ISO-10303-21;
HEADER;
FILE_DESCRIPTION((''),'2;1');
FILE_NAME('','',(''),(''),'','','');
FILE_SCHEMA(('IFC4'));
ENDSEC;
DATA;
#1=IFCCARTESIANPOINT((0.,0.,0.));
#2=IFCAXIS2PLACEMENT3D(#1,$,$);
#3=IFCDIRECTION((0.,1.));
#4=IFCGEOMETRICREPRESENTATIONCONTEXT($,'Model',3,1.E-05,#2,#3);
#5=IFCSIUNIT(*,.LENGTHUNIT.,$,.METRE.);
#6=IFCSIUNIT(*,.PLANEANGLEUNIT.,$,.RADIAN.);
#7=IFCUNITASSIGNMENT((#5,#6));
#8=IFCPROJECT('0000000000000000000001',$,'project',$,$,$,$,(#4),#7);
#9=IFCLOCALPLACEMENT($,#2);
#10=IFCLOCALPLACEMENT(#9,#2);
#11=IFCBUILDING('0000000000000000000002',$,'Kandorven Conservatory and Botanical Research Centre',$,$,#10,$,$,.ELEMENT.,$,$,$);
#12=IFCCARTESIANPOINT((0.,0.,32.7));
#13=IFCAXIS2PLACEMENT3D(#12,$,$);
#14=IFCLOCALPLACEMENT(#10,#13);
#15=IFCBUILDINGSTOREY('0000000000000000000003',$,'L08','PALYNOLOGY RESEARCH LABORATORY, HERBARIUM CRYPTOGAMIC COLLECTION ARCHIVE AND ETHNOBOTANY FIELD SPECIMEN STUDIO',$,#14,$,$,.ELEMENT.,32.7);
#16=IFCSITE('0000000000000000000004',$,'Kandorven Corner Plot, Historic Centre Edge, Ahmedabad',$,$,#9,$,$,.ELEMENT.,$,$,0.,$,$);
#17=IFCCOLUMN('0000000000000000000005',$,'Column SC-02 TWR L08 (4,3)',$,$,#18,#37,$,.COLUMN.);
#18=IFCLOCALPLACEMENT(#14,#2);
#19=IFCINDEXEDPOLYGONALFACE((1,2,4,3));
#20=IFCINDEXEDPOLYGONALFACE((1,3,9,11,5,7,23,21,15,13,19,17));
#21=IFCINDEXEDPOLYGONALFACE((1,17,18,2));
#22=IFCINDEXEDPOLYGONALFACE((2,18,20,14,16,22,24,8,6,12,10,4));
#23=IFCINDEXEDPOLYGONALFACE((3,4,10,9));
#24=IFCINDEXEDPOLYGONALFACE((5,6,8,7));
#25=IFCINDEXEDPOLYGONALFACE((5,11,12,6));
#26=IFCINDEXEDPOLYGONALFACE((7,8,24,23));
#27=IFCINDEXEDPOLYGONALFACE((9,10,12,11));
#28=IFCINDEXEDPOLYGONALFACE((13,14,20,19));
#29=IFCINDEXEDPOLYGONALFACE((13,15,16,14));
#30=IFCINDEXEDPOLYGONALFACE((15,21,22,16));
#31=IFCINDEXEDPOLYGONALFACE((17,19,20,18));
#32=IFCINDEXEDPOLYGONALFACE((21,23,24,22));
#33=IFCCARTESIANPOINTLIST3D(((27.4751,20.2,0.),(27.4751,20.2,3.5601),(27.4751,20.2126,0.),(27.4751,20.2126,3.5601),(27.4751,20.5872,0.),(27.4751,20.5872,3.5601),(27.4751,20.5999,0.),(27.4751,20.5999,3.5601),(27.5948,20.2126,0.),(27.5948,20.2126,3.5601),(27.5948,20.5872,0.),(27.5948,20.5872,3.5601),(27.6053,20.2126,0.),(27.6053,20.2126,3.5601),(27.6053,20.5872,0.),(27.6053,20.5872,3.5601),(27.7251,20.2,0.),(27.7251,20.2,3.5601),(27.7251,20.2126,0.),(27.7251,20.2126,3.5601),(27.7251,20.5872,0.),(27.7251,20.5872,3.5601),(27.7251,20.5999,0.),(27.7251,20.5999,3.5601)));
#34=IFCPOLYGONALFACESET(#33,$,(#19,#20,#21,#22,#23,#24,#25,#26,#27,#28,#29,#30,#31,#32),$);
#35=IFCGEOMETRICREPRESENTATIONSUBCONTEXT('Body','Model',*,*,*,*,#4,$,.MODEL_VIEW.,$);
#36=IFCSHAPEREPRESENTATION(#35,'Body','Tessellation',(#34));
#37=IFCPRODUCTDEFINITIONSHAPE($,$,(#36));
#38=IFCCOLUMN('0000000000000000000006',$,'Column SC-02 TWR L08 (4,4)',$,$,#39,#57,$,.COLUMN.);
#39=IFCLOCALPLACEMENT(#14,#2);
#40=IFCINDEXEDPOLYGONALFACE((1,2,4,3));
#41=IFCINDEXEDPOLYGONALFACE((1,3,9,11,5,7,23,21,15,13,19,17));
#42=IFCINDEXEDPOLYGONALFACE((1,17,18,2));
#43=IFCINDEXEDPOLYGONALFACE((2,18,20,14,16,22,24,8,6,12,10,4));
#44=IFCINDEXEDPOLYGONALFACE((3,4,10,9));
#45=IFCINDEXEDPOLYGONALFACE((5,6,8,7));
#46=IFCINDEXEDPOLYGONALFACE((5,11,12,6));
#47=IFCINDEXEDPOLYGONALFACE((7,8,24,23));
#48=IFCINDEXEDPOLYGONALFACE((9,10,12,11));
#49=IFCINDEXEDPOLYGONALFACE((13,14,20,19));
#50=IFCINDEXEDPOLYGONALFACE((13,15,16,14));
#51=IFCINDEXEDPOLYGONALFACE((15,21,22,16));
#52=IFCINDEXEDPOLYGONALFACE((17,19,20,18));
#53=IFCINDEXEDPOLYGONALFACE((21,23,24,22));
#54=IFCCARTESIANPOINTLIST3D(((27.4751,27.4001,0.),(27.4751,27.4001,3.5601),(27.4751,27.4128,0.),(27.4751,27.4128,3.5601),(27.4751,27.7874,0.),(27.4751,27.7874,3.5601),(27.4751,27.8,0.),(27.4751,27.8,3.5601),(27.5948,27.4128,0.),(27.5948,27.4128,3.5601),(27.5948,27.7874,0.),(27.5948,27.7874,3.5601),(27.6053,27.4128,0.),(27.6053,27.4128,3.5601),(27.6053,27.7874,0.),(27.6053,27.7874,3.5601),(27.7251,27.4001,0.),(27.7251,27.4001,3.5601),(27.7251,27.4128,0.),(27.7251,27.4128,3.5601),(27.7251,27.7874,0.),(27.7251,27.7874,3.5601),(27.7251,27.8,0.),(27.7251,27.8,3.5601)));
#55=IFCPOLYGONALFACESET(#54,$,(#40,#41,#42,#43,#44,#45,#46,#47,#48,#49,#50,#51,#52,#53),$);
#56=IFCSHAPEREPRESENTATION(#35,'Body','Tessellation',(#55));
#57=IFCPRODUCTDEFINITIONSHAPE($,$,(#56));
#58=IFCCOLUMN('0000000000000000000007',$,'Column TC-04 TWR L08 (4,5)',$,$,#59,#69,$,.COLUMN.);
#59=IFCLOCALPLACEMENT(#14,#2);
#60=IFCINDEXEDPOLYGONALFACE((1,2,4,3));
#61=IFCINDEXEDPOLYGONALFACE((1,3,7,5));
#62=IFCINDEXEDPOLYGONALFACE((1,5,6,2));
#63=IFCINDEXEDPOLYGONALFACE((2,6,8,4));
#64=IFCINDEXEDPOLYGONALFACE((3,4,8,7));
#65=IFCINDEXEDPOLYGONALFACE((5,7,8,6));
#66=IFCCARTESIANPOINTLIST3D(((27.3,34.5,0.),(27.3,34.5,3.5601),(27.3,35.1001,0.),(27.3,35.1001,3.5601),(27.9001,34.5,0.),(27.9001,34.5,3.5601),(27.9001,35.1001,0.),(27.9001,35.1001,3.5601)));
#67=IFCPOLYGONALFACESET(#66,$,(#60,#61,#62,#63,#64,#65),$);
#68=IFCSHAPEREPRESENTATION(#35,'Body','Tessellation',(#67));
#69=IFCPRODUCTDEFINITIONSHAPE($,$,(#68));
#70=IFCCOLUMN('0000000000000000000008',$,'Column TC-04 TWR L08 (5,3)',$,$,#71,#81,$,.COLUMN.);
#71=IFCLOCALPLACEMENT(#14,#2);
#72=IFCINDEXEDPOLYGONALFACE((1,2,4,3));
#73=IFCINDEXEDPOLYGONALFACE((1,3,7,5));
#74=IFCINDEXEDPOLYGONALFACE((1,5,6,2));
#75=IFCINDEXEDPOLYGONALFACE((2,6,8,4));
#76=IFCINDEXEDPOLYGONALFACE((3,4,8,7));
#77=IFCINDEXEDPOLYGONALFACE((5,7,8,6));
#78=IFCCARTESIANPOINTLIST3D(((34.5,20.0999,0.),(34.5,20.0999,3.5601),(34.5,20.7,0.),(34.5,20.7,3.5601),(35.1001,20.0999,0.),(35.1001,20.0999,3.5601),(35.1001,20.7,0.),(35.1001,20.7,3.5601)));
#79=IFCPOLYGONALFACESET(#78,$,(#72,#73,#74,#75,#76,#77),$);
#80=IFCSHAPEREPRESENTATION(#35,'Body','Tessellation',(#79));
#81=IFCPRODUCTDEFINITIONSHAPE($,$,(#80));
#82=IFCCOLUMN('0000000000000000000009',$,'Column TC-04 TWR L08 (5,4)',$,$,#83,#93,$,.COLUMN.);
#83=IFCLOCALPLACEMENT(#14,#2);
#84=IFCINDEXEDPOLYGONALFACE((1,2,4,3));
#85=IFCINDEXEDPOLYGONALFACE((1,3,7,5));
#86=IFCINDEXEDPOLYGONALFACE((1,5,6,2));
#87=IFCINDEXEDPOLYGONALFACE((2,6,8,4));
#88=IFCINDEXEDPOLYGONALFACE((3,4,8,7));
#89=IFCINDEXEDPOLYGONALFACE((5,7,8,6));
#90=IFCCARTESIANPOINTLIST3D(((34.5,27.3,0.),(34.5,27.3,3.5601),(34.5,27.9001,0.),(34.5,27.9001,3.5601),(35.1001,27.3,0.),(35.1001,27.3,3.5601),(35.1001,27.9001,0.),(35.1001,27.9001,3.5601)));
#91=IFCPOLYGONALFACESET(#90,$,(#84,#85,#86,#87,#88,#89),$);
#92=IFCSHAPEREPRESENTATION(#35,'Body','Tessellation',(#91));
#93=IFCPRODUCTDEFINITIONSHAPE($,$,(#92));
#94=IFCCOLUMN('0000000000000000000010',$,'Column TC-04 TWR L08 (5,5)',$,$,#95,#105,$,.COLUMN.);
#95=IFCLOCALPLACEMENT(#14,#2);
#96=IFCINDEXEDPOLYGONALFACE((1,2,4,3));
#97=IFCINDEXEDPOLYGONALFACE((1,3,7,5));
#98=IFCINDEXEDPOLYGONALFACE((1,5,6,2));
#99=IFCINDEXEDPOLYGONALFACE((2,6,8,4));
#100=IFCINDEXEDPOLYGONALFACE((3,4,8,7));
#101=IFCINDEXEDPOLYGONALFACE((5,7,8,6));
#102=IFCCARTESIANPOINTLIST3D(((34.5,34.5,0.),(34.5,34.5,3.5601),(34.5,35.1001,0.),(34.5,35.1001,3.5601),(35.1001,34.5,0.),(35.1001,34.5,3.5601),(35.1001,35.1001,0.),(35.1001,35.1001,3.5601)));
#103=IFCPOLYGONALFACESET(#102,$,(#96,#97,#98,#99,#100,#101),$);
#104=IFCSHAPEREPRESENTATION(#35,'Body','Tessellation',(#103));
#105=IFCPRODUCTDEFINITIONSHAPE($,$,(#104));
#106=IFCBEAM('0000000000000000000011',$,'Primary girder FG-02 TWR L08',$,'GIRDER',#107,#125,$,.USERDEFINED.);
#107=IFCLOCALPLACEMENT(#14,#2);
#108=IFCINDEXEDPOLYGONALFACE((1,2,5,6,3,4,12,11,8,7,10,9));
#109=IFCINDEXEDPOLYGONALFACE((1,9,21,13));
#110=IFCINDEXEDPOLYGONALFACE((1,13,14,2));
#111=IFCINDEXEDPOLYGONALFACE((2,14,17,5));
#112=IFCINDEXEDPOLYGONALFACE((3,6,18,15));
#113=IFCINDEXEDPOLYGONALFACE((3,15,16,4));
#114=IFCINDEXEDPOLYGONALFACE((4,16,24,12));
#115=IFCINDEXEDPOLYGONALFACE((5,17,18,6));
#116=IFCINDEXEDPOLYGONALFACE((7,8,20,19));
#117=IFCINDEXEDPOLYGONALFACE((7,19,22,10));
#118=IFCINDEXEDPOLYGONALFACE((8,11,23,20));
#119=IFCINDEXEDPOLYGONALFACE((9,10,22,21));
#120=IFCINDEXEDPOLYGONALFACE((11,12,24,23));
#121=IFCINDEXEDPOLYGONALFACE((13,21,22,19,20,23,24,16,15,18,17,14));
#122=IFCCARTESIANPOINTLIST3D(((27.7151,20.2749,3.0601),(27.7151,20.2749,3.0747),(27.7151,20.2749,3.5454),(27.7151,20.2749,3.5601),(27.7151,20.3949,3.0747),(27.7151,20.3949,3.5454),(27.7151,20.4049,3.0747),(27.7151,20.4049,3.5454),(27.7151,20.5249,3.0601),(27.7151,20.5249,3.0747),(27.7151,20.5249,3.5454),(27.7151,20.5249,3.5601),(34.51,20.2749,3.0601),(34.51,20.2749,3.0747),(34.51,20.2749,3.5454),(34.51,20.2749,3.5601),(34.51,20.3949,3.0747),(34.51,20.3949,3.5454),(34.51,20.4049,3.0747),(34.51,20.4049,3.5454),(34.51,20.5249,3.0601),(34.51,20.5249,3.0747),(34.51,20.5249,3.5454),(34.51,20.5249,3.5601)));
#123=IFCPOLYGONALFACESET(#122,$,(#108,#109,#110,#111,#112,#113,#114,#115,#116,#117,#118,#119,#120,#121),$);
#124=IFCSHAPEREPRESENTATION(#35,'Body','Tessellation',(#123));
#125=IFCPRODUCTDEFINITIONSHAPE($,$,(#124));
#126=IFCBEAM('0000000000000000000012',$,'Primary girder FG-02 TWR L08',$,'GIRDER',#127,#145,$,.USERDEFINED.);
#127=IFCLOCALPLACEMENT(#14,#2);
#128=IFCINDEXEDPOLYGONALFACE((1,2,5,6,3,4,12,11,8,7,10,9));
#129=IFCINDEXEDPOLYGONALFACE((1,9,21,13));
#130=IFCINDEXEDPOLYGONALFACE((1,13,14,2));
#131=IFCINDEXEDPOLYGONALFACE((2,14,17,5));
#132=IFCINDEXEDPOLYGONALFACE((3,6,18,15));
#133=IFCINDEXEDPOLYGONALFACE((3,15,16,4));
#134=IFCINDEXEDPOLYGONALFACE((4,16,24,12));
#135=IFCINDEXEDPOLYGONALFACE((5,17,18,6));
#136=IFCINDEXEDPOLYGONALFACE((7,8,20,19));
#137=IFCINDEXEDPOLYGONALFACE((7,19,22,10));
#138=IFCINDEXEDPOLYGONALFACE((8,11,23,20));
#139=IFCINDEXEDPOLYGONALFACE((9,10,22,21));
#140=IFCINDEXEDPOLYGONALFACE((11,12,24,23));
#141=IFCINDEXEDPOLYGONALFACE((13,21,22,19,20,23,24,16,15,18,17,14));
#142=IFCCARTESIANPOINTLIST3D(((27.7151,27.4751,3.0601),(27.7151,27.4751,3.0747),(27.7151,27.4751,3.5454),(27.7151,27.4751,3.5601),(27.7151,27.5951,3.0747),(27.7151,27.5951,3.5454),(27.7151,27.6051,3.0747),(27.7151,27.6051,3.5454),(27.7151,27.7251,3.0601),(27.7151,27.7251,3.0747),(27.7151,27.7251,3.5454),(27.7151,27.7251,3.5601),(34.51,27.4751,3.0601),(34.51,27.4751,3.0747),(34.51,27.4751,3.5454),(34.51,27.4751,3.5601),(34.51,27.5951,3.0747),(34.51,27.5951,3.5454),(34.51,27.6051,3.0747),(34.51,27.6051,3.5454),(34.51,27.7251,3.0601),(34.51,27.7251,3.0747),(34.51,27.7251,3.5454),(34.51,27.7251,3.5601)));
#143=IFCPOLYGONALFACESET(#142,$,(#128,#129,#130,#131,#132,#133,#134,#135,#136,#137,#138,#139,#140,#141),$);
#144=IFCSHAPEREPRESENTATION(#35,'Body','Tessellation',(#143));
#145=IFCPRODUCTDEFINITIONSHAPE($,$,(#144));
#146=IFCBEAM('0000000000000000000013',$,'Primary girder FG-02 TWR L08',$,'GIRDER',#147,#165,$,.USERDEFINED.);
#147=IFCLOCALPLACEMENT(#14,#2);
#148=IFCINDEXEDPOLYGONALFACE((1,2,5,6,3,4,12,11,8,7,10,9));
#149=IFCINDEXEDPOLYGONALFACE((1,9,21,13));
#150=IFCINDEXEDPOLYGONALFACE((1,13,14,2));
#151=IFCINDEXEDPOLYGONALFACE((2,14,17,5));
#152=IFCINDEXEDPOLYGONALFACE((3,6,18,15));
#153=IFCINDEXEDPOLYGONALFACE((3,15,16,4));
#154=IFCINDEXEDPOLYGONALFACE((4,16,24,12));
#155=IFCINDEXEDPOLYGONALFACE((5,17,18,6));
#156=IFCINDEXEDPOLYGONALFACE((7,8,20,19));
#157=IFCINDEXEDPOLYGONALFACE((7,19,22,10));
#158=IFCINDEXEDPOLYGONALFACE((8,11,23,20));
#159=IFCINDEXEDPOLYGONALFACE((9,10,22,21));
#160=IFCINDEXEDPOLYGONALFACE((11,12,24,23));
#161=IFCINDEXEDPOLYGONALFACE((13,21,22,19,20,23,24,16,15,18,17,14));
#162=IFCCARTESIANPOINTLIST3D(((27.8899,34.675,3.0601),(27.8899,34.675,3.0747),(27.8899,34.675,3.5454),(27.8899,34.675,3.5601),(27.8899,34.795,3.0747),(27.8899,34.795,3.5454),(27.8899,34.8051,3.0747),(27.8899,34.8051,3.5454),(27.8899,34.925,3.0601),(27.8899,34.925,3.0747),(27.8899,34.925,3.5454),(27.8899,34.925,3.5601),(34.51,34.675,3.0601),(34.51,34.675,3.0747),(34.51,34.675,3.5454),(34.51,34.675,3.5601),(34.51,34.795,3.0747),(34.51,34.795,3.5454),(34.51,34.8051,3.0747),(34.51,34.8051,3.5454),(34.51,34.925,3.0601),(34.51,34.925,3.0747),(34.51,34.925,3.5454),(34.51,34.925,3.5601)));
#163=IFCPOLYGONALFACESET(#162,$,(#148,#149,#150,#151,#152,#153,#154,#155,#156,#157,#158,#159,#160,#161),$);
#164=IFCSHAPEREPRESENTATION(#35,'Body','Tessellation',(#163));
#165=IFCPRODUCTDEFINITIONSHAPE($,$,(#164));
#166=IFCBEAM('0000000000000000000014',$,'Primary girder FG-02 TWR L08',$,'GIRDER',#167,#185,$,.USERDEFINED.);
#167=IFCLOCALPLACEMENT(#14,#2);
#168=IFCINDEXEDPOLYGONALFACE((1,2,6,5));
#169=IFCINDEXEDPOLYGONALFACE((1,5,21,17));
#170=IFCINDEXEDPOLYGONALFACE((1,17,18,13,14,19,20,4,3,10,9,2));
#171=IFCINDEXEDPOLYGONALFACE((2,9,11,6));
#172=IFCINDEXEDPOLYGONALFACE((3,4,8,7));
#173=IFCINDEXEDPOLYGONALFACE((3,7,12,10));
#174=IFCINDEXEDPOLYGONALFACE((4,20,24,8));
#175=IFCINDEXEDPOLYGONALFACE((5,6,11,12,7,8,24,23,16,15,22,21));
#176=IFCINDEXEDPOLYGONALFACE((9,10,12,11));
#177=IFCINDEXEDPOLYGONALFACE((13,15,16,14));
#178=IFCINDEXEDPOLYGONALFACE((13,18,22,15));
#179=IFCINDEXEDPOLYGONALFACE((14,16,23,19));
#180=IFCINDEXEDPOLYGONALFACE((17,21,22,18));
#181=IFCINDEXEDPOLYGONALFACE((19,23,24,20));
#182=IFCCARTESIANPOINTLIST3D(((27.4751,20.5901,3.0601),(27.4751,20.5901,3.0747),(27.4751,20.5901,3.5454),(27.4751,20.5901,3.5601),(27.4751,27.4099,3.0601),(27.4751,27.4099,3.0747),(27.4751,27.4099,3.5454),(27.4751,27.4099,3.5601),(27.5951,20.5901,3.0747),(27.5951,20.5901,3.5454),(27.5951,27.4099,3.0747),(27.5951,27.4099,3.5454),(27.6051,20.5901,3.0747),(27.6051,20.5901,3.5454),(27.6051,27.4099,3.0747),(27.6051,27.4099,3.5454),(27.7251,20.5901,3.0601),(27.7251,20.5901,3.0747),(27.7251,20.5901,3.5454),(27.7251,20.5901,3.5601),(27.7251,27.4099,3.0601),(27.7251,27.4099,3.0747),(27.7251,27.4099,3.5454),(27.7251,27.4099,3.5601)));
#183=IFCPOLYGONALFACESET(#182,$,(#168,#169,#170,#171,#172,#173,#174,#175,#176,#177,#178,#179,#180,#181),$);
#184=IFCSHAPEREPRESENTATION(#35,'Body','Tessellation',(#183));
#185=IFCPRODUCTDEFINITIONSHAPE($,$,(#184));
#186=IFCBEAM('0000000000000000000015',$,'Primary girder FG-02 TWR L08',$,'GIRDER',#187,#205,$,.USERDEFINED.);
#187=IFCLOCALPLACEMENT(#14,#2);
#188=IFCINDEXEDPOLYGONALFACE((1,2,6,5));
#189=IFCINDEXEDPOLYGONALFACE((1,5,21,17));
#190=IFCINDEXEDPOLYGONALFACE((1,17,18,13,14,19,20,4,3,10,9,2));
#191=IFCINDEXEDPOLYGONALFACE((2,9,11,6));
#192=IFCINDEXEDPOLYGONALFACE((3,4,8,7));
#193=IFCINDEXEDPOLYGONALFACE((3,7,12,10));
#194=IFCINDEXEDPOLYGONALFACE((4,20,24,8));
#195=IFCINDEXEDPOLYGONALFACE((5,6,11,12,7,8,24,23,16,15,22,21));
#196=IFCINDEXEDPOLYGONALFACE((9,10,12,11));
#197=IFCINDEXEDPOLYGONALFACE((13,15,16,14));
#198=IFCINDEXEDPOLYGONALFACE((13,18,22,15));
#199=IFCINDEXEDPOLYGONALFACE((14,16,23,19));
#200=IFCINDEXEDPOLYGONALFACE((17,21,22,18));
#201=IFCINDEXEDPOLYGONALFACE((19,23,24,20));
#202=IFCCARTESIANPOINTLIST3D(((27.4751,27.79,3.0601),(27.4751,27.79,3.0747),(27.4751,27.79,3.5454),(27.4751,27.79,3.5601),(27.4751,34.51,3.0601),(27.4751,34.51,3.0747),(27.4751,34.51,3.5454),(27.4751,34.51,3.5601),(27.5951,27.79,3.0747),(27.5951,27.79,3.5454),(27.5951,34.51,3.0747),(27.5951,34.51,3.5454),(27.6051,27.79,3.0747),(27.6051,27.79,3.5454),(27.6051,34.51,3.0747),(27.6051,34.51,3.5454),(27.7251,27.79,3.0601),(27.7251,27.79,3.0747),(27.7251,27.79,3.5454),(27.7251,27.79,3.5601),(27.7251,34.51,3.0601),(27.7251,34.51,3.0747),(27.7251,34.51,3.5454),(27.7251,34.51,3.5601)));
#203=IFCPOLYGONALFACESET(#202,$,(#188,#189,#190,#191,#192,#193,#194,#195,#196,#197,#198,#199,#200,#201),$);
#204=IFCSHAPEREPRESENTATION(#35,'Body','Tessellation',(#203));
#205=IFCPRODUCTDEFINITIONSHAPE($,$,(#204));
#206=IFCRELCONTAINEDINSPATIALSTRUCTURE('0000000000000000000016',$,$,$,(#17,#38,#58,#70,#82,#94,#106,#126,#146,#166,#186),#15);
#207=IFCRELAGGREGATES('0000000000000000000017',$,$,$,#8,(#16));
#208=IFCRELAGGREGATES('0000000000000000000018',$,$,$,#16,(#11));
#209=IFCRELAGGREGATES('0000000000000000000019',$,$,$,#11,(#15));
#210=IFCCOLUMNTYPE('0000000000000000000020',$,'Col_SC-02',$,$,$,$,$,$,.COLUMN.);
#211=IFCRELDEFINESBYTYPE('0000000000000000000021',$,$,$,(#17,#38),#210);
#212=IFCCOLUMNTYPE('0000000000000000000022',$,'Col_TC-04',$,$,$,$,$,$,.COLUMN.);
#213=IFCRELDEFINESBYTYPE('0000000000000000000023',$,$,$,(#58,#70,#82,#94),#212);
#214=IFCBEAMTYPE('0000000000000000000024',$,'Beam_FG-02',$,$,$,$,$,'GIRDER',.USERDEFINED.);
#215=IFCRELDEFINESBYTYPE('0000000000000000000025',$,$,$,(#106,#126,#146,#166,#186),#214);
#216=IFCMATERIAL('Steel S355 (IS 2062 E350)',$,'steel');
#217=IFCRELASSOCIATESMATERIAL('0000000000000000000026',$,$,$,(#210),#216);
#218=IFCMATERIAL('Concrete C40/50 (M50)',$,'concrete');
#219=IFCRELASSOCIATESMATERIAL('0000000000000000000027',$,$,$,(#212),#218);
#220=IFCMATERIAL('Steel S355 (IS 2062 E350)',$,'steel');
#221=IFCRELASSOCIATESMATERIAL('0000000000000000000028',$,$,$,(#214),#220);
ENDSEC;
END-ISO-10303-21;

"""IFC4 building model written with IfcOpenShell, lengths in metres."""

from ifc_helpers import new_model, si_unit, direction, frame, origin, origin_2d, place, context, subcontext, project, spatial, rectangle, i_section, extrude, material, material_profile, profile_set, type_object, element, save


model = new_model("IFC4")

# Units and contexts
model_context = context("Model", 3, precision=1e-05, world=origin(), true_north=direction((0.0, 1.0)))
body_context = subcontext(model_context, "Body", "Model", "MODEL_VIEW")
ifc_project = project(units=[si_unit("LENGTHUNIT", "METRE"), si_unit("PLANEANGLEUNIT", "RADIAN")], contexts=[model_context])

# Site, building, storey
site_placement = place(None, origin())
site = spatial("IfcSite", under=ifc_project, at=site_placement, Name="Kandorven Corner Plot, Historic Centre Edge, Ahmedabad", CompositionType="ELEMENT", RefElevation=0.0)
building_placement = place(site_placement, origin())
building = spatial("IfcBuilding", under=site, at=building_placement, Name="Kandorven Conservatory and Botanical Research Centre", CompositionType="ELEMENT")
storey_placement = place(building_placement, frame((0.0, 0.0, 32.7)))
storey = spatial("IfcBuildingStorey", under=building, at=storey_placement, Name="L08", Description="PALYNOLOGY RESEARCH LABORATORY, HERBARIUM CRYPTOGAMIC COLLECTION ARCHIVE AND ETHNOBOTANY FIELD SPECIMEN STUDIO", CompositionType="ELEMENT", Elevation=32.7)

# Columns
ifc_material_1 = material(Name="Steel S355 (IS 2062 E350)", Category="steel")
ifc_material_profile_1 = material_profile(ifc_material_1, i_section(OverallWidth=0.25, OverallDepth=0.3999, WebThickness=0.0105, FlangeThickness=0.0127, at=origin_2d()))
ifc_profile_set_1 = profile_set([ifc_material_profile_1], Name="Steel S355 (IS 2062 E350)")
column_type_1 = type_object("IfcColumnType", Name="Col_SC-02", PredefinedType="COLUMN", material=ifc_profile_set_1)
for number, where, z_axis, x_axis, name in (
    (1, (27.6001, 20.3999, 0.0), (0.0, 0.0, 1.0), (1.0, 0.0, 0.0), "Column SC-02 TWR L08 (4,3)"),
    (2, (27.6001, 27.6001, 0.0), (0.0, 0.0, 1.0), (1.0, 0.0, 0.0), "Column SC-02 TWR L08 (4,4)"),
):
    element("IfcColumn", number, at=place(storey_placement, frame(where, z_axis=z_axis, x_axis=x_axis)), inside=storey, type_object=column_type_1, Name=name, PredefinedType="COLUMN", context=body_context, shape_type="SweptSolid", body=[
        extrude(i_section(OverallWidth=0.25, OverallDepth=0.3999, WebThickness=0.0105, FlangeThickness=0.0127, at=origin_2d()), origin(), (0.0, 0.0, 1.0), 3.5601),
    ])
ifc_material_2 = material(Name="Concrete C40/50 (M50)", Category="concrete")
ifc_material_profile_2 = material_profile(ifc_material_2, rectangle(XDim=0.6001, YDim=0.6001, at=origin_2d()))
ifc_profile_set_2 = profile_set([ifc_material_profile_2], Name="Concrete C40/50 (M50)")
column_type_2 = type_object("IfcColumnType", Name="Col_TC-04", PredefinedType="COLUMN", material=ifc_profile_set_2)
for number, where, z_axis, x_axis, name in (
    (3, (27.6001, 34.8, 0.0), (0.0, 0.0, 1.0), (1.0, 0.0, 0.0), "Column TC-04 TWR L08 (4,5)"),
    (4, (34.8, 20.3999, 0.0), (0.0, 0.0, 1.0), (1.0, 0.0, 0.0), "Column TC-04 TWR L08 (5,3)"),
    (5, (34.8, 27.6001, 0.0), (0.0, 0.0, 1.0), (1.0, 0.0, 0.0), "Column TC-04 TWR L08 (5,4)"),
    (6, (34.8, 34.8, 0.0), (0.0, 0.0, 1.0), (1.0, 0.0, 0.0), "Column TC-04 TWR L08 (5,5)"),
):
    element("IfcColumn", number, at=place(storey_placement, frame(where, z_axis=z_axis, x_axis=x_axis)), inside=storey, type_object=column_type_2, Name=name, PredefinedType="COLUMN", context=body_context, shape_type="SweptSolid", body=[
        extrude(rectangle(XDim=0.6001, YDim=0.6001, at=origin_2d()), origin(), (0.0, 0.0, 1.0), 3.5601),
    ])

# Beams
ifc_material_3 = material(Name="Steel S355 (IS 2062 E350)", Category="steel")
ifc_material_profile_3 = material_profile(ifc_material_3, i_section(OverallWidth=0.25, OverallDepth=0.5, WebThickness=0.01, FlangeThickness=0.0146, at=origin_2d()))
ifc_profile_set_3 = profile_set([ifc_material_profile_3], Name="Steel S355 (IS 2062 E350)")
beam_type_1 = type_object("IfcBeamType", Name="Beam_FG-02", ElementType="GIRDER", PredefinedType="USERDEFINED", material=ifc_profile_set_3)
for number, where, z_axis, x_axis, name in (
    (7, (27.7151, 20.3999, 3.3101), (1.0, 0.0, 0.0), (0.0, 1.0, 0.0), "Primary girder FG-02 TWR L08"),
    (8, (27.7151, 27.6001, 3.3101), (1.0, 0.0, 0.0), (0.0, 1.0, 0.0), "Primary girder FG-02 TWR L08"),
):
    element("IfcBeam", number, at=place(storey_placement, frame(where, z_axis=z_axis, x_axis=x_axis)), inside=storey, type_object=beam_type_1, Name=name, ObjectType="GIRDER", PredefinedType="USERDEFINED", context=body_context, shape_type="SweptSolid", body=[
        extrude(i_section(OverallWidth=0.25, OverallDepth=0.5, WebThickness=0.01, FlangeThickness=0.0146, at=origin_2d()), origin(), (0.0, 0.0, 1.0), 6.7949),
    ])
beam_1_placement = place(storey_placement, frame((27.8899, 34.8, 3.3101), z_axis=(1.0, 0.0, 0.0), x_axis=(0.0, 1.0, 0.0)))
element("IfcBeam", 9, at=beam_1_placement, inside=storey, type_object=beam_type_1, Name="Primary girder FG-02 TWR L08", ObjectType="GIRDER", PredefinedType="USERDEFINED", context=body_context, shape_type="SweptSolid", body=[
    extrude(i_section(OverallWidth=0.25, OverallDepth=0.5, WebThickness=0.01, FlangeThickness=0.0146, at=origin_2d()), origin(), (0.0, 0.0, 1.0), 6.6201),
])
beam_2_placement = place(storey_placement, frame((27.6001, 20.5901, 3.3101), z_axis=(0.0, 1.0, 0.0), x_axis=(-1.0, 0.0, 0.0)))
element("IfcBeam", 10, at=beam_2_placement, inside=storey, type_object=beam_type_1, Name="Primary girder FG-02 TWR L08", ObjectType="GIRDER", PredefinedType="USERDEFINED", context=body_context, shape_type="SweptSolid", body=[
    extrude(i_section(OverallWidth=0.25, OverallDepth=0.5, WebThickness=0.01, FlangeThickness=0.0146, at=origin_2d()), origin(), (0.0, 0.0, 1.0), 6.8198),
])
beam_3_placement = place(storey_placement, frame((27.6001, 27.79, 3.3101), z_axis=(0.0, 1.0, 0.0), x_axis=(-1.0, 0.0, 0.0)))
element("IfcBeam", 11, at=beam_3_placement, inside=storey, type_object=beam_type_1, Name="Primary girder FG-02 TWR L08", ObjectType="GIRDER", PredefinedType="USERDEFINED", context=body_context, shape_type="SweptSolid", body=[
    extrude(i_section(OverallWidth=0.25, OverallDepth=0.5, WebThickness=0.01, FlangeThickness=0.0146, at=origin_2d()), origin(), (0.0, 0.0, 1.0), 6.72),
])

save(model, "model.ifc")
